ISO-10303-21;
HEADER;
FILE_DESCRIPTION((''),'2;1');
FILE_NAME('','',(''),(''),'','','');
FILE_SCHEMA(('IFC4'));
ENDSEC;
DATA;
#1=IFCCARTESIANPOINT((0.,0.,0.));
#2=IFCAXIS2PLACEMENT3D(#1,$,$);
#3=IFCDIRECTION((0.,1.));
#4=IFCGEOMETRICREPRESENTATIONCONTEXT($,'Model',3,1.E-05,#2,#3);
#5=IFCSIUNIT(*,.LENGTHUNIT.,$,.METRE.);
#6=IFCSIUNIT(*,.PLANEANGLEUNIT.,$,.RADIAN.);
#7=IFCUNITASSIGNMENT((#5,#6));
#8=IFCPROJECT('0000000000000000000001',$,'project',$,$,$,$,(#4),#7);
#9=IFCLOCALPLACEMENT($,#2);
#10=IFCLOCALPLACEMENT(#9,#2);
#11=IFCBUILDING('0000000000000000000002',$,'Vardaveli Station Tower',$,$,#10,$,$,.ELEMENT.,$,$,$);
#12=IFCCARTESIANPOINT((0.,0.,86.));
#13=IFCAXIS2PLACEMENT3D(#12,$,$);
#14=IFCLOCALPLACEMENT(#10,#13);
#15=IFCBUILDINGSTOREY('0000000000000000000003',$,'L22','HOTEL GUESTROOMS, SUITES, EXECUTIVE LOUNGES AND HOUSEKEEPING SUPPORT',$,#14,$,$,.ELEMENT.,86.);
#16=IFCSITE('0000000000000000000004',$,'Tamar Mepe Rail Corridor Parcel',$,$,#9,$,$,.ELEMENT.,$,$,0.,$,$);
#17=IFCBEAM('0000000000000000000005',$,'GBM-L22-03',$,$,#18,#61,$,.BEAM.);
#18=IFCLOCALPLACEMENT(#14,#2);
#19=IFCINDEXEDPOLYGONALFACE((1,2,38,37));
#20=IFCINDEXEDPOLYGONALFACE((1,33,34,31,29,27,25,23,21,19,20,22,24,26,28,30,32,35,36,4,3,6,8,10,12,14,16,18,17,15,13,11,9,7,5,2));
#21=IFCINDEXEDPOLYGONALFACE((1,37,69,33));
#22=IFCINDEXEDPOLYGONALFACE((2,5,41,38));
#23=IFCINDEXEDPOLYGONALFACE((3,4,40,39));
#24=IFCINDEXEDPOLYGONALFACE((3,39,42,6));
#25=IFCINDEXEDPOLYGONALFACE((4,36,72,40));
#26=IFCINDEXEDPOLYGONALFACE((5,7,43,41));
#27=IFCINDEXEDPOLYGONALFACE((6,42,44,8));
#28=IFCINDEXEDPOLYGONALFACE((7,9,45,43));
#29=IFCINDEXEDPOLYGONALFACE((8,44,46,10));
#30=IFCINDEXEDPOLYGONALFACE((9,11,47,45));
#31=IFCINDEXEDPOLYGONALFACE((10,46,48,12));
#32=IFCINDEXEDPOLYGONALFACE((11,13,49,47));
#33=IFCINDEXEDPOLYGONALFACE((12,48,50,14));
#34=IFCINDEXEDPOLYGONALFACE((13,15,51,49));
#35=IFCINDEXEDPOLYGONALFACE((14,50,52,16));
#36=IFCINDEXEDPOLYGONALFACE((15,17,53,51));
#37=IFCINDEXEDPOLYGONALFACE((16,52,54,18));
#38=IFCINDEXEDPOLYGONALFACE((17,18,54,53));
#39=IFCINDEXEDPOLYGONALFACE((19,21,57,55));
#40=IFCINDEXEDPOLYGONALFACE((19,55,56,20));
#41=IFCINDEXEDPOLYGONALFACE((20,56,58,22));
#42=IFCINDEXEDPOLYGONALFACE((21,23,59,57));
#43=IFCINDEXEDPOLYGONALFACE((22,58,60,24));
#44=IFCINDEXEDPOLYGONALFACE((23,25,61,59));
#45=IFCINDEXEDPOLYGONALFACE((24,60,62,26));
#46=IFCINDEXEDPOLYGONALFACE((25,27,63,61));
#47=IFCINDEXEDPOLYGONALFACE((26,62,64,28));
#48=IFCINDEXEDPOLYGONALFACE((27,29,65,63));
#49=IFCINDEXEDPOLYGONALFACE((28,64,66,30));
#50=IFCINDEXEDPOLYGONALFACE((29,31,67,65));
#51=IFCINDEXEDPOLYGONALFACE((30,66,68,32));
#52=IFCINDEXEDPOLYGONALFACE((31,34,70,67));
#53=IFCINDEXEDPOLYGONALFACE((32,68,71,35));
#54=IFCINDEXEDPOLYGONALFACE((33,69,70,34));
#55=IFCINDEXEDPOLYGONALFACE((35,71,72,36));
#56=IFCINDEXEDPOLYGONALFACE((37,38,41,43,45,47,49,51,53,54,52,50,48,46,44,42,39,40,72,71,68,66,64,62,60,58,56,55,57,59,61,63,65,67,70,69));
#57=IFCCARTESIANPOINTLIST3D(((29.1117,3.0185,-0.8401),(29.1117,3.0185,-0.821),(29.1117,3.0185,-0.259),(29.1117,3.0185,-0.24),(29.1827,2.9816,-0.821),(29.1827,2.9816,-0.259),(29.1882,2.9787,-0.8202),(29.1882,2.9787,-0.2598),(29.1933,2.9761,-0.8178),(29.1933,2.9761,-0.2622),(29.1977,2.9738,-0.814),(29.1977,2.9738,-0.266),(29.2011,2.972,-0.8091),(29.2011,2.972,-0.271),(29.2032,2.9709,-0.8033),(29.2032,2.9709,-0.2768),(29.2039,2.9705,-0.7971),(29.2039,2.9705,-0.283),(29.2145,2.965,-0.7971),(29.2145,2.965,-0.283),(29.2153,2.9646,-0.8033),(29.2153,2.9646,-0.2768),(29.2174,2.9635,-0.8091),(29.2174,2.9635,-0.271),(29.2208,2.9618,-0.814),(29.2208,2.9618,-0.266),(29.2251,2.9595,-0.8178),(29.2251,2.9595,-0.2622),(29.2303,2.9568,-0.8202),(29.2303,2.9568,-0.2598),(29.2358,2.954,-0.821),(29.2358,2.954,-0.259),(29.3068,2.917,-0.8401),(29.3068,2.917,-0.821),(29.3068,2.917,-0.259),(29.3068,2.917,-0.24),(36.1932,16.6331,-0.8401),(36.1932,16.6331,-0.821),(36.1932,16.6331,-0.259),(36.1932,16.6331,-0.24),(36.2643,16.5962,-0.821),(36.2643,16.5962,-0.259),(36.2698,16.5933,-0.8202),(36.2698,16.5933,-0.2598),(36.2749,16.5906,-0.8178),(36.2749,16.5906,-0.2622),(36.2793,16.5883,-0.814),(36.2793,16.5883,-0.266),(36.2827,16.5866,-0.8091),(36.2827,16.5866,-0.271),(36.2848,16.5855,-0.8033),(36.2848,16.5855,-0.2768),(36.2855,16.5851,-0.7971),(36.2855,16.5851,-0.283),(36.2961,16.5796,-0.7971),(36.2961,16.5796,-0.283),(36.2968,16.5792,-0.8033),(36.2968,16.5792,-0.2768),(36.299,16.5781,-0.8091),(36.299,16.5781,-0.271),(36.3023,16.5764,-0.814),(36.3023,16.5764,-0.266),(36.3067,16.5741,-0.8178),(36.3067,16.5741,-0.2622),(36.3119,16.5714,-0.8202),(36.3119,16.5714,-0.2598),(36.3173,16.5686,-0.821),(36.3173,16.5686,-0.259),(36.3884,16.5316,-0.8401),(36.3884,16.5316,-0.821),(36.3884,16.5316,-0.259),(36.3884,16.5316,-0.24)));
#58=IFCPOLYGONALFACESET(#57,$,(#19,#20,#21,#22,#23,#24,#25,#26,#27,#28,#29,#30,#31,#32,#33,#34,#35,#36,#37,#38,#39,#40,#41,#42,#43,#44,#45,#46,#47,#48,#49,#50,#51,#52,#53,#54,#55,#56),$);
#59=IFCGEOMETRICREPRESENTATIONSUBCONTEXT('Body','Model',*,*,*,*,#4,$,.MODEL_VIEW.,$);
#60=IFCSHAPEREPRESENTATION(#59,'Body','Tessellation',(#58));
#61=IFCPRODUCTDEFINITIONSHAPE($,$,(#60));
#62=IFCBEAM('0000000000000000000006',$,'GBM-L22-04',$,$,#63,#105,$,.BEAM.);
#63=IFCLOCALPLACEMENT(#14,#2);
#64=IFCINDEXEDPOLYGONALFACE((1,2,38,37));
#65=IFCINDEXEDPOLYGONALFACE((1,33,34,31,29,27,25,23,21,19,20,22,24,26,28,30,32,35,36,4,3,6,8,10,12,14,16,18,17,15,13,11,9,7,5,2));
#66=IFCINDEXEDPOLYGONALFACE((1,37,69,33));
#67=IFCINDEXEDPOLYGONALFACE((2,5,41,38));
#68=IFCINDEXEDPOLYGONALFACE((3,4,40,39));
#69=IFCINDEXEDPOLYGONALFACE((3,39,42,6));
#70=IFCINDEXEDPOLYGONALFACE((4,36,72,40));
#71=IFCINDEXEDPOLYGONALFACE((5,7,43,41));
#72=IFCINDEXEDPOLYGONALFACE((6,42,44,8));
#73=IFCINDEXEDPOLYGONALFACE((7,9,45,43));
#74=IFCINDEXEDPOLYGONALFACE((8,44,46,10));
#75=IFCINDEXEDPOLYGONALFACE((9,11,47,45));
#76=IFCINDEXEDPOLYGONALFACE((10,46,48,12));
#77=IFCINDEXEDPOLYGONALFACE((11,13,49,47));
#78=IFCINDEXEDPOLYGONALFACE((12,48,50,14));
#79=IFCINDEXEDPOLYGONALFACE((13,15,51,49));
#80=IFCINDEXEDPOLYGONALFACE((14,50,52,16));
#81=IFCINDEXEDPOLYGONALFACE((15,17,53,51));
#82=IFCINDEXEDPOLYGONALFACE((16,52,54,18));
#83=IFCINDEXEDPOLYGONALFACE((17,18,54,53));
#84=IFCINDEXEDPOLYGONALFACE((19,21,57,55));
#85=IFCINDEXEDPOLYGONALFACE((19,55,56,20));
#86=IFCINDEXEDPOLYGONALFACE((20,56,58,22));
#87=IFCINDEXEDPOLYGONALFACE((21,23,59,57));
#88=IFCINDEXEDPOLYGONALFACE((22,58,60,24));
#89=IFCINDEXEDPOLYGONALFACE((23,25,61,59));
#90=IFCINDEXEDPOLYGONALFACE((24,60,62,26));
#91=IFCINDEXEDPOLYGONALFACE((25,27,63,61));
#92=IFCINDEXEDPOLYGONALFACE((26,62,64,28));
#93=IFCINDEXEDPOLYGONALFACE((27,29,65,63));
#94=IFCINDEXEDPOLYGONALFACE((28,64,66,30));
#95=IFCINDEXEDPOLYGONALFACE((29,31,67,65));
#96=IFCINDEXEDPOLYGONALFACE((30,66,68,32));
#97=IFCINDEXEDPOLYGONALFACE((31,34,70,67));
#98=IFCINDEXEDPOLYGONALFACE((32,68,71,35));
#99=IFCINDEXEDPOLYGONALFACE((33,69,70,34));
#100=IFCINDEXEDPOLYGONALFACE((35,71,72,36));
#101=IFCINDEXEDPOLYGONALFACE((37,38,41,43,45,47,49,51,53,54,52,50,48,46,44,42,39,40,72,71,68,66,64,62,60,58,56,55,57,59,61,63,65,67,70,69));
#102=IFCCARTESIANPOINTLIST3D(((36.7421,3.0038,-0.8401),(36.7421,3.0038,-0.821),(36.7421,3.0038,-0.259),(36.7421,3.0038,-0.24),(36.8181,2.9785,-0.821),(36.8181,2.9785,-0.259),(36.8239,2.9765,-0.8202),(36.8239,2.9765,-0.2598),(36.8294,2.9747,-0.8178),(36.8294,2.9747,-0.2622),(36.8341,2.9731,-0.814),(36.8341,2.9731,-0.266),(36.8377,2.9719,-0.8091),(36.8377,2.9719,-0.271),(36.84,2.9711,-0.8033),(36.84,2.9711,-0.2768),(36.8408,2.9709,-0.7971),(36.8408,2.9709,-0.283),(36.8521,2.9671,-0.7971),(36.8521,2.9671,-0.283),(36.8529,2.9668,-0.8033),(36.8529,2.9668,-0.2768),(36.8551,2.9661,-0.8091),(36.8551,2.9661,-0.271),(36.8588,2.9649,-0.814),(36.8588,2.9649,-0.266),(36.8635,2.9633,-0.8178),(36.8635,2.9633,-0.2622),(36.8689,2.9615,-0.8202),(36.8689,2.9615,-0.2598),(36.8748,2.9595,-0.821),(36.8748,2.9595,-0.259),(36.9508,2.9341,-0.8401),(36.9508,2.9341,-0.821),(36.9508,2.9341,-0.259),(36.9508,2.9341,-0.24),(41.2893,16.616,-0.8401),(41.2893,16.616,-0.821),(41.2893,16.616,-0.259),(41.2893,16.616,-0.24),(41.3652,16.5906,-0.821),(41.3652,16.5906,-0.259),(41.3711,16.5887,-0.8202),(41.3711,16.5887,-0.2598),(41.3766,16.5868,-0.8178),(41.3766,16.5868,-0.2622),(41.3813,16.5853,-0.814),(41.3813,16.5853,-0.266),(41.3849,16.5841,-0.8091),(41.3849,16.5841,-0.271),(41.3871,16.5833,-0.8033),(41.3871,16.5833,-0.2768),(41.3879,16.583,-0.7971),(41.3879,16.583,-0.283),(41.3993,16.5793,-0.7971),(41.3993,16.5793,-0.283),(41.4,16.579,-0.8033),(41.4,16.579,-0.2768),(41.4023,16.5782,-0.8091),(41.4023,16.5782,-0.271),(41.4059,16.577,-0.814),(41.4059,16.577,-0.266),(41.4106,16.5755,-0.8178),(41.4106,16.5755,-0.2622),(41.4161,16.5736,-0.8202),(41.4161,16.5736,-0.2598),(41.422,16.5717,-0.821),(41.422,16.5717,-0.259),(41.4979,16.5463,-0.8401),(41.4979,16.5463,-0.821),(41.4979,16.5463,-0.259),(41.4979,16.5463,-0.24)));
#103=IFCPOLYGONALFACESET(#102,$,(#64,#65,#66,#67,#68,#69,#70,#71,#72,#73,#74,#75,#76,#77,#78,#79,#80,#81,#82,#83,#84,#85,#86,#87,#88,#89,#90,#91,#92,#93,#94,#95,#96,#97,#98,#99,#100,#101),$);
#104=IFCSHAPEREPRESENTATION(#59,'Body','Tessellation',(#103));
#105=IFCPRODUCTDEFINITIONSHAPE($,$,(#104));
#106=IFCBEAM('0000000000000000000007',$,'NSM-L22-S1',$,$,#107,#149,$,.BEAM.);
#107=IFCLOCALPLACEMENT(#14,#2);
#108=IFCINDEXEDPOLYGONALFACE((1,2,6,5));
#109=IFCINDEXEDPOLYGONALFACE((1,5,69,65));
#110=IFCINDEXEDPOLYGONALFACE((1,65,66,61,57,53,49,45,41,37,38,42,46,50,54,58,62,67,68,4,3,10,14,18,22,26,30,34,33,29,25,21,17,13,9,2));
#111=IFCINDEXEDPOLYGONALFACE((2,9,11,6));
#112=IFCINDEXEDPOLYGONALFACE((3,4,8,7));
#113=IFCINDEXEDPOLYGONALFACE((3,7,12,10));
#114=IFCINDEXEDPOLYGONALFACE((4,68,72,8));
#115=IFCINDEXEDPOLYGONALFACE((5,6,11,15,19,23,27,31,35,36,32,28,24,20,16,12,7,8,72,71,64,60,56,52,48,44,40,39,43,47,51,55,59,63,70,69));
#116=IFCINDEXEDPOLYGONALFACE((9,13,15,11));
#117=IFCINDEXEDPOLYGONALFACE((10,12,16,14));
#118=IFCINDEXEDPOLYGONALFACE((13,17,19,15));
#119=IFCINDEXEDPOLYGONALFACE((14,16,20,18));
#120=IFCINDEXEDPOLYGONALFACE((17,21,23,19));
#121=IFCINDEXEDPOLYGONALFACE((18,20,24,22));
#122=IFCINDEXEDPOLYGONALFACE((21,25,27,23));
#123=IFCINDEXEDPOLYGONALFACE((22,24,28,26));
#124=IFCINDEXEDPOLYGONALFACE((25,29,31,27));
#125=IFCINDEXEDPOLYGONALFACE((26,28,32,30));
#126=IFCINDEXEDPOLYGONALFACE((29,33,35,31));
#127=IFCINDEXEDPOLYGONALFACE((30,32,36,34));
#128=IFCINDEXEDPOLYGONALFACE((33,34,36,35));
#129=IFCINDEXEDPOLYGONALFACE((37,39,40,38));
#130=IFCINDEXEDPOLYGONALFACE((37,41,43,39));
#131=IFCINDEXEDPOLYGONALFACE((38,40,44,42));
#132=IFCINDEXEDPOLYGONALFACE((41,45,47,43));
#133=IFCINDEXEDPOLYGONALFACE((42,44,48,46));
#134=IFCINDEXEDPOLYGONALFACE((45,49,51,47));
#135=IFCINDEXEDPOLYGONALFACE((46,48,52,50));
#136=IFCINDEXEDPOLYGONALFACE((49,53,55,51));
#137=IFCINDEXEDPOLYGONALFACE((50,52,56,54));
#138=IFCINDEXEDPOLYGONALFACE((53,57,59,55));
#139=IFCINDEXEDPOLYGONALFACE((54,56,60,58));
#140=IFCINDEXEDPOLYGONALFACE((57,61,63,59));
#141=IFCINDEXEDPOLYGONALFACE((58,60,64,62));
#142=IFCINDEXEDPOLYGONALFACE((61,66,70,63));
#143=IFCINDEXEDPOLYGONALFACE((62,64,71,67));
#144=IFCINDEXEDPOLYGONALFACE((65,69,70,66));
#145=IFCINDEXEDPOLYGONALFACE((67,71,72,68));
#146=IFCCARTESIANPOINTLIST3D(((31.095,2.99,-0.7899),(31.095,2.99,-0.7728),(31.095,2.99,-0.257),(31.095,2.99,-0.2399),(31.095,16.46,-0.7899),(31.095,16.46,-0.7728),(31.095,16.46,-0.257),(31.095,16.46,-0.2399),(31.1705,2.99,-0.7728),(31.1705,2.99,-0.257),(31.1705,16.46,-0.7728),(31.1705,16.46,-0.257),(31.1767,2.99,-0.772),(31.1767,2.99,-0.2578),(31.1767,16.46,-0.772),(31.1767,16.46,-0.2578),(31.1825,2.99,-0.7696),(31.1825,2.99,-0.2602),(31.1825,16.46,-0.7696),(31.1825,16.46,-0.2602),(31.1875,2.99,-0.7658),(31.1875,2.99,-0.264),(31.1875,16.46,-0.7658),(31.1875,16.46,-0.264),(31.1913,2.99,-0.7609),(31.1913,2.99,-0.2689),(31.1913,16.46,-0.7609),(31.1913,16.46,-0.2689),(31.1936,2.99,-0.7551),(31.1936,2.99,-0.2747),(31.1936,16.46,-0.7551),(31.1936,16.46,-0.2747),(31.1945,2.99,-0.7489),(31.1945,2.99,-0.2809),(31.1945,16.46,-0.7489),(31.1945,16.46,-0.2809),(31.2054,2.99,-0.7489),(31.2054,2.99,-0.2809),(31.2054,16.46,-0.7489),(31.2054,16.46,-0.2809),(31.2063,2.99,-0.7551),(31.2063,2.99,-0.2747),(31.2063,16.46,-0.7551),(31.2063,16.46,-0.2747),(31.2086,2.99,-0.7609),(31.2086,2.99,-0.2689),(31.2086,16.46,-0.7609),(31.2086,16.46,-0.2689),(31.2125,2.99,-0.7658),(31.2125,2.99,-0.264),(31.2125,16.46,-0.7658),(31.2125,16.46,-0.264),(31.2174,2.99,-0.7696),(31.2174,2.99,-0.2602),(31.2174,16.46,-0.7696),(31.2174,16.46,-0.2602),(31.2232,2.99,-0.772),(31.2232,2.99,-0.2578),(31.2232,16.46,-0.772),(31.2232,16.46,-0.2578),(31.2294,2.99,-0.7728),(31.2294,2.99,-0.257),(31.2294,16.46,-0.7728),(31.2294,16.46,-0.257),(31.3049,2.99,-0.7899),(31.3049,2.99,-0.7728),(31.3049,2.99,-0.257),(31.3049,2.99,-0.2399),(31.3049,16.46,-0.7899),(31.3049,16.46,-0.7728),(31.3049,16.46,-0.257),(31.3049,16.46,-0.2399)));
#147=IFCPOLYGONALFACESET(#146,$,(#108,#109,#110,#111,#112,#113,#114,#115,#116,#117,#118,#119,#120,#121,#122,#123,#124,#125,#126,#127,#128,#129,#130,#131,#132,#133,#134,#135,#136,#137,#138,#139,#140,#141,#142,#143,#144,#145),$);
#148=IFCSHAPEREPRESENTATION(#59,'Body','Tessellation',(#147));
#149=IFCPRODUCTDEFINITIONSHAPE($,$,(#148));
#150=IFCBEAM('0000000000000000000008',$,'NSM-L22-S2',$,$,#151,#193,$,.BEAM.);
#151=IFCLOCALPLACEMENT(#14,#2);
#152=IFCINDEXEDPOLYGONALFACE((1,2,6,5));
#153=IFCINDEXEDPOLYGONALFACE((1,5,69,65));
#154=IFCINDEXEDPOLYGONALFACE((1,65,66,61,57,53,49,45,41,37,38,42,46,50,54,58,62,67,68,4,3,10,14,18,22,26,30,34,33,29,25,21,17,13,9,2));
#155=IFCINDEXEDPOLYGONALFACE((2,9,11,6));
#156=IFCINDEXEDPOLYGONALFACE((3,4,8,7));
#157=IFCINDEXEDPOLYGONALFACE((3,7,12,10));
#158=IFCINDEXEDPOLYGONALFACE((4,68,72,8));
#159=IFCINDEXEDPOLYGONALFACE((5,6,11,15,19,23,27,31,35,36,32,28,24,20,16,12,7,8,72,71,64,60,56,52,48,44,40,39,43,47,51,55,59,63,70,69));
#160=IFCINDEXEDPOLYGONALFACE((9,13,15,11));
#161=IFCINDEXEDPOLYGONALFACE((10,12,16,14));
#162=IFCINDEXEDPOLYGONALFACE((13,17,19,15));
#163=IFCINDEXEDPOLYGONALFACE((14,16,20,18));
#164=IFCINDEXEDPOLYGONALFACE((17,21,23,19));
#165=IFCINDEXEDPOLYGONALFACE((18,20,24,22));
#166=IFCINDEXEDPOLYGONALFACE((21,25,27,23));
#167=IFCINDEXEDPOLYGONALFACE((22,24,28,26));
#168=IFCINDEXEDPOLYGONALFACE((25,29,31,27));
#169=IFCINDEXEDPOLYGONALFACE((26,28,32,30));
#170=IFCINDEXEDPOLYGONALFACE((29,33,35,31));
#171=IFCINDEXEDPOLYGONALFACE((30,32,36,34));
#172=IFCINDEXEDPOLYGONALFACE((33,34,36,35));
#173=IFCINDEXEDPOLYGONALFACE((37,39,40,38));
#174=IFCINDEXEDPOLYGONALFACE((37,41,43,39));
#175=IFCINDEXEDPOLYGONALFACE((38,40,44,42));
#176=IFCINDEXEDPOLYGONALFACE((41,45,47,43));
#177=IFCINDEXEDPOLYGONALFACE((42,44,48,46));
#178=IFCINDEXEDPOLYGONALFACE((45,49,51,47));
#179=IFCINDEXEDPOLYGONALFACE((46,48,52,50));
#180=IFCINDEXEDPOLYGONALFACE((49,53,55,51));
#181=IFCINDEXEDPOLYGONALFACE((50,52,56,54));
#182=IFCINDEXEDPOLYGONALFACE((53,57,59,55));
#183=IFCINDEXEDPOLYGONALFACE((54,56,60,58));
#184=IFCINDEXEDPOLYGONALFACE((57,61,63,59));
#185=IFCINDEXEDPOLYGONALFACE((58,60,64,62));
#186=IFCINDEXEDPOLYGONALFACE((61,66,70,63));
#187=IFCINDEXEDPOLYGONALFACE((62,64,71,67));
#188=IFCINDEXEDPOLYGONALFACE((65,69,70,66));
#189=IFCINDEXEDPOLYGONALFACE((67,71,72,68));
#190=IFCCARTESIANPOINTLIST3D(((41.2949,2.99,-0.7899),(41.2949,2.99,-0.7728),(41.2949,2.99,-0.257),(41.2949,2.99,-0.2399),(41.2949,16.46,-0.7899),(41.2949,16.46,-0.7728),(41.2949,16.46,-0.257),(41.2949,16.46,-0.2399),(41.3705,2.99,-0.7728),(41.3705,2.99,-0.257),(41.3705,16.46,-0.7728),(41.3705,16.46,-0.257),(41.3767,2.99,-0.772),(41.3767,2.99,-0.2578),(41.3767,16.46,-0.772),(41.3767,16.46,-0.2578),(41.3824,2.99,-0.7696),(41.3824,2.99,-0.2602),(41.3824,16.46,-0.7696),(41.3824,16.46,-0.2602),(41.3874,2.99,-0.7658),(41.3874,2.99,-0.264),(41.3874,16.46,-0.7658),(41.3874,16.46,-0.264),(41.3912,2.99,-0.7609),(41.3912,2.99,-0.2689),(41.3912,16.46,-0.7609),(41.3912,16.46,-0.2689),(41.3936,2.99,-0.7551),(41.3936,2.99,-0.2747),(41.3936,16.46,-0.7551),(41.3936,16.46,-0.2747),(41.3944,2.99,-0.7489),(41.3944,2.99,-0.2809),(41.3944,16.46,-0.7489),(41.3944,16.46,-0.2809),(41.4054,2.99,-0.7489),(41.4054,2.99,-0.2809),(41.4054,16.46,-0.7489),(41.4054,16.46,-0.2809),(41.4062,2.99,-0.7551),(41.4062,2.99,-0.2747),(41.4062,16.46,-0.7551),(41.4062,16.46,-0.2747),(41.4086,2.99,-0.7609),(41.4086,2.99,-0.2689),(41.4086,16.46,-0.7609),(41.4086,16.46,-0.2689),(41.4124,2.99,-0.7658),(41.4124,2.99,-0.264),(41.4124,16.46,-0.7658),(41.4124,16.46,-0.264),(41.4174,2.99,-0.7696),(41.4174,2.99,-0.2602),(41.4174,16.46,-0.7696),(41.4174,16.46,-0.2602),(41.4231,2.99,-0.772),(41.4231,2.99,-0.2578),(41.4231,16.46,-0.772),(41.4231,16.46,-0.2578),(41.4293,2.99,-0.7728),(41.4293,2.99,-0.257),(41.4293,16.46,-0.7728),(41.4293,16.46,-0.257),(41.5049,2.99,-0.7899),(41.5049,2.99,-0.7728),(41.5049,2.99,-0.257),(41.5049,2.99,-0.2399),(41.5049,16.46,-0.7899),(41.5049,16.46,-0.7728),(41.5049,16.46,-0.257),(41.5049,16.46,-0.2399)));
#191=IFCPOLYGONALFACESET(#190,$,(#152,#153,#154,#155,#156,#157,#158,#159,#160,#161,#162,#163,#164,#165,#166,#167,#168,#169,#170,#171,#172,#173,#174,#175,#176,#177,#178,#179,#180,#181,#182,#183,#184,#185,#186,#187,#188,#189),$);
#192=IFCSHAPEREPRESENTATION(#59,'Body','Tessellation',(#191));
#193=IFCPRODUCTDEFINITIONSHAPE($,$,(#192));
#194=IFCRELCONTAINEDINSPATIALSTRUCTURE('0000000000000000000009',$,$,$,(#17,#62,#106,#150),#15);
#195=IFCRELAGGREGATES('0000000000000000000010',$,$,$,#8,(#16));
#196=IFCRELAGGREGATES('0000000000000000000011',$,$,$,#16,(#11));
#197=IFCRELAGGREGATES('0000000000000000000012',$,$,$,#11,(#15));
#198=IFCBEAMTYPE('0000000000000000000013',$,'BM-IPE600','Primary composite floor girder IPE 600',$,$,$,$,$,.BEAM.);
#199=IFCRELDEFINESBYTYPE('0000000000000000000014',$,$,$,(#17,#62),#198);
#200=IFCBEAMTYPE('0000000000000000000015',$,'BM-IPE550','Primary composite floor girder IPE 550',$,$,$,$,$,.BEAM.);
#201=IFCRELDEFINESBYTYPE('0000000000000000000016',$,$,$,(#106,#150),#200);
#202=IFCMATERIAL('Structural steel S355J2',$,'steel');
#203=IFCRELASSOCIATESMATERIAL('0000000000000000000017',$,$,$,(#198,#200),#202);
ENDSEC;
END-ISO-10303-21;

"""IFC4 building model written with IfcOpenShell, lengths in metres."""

from ifc_helpers import new_model, si_unit, direction, frame, origin, origin_2d, place, context, subcontext, project, spatial, i_section, extrude, source, transform, mapped, material, material_profile, profile_set, type_object, element, save


model = new_model("IFC4")

# Units and contexts
model_context = context("Model", 3, precision=1e-05, world=origin(), true_north=direction((0.0, 1.0)))
body_context = subcontext(model_context, "Body", "Model", "MODEL_VIEW")
ifc_project = project(units=[si_unit("LENGTHUNIT", "METRE"), si_unit("PLANEANGLEUNIT", "RADIAN")], contexts=[model_context])

# Site, building, storey
site_placement = place(None, origin())
site = spatial("IfcSite", under=ifc_project, at=site_placement, Name="Tamar Mepe Rail Corridor Parcel", CompositionType="ELEMENT", RefElevation=0.0)
building_placement = place(site_placement, origin())
building = spatial("IfcBuilding", under=site, at=building_placement, Name="Vardaveli Station Tower", CompositionType="ELEMENT")
storey_placement = place(building_placement, frame((0.0, 0.0, 86.0)))
storey = spatial("IfcBuildingStorey", under=building, at=storey_placement, Name="L22", Description="HOTEL GUESTROOMS, SUITES, EXECUTIVE LOUNGES AND HOUSEKEEPING SUPPORT", CompositionType="ELEMENT", Elevation=86.0)

# Beams
ifc_material_1 = material(Name="Structural steel S355J2", Category="steel")
ifc_material_profile_1 = material_profile(ifc_material_1, i_section(OverallWidth=0.22, OverallDepth=0.6001, WebThickness=0.012, FlangeThickness=0.019, FilletRadius=0.0239, at=origin_2d()), Name="IPE 600")
ifc_profile_set_1 = profile_set([ifc_material_profile_1], Name="Structural steel S355J2")
beam_type_1 = type_object("IfcBeamType", Name="BM-IPE600", Description="Primary composite floor girder IPE 600", PredefinedType="BEAM", material=ifc_profile_set_1)
shared_shape_1 = source(origin(), body_context, "Body", "SweptSolid", [
    extrude(i_section(OverallWidth=0.22, OverallDepth=0.6001, WebThickness=0.012, FlangeThickness=0.019, FilletRadius=0.0239, at=origin_2d()), origin(), (0.0, 0.0, 1.0), 15.3462),
])
beam_1_placement = place(storey_placement, frame((29.2092, 2.9678, -0.54), z_axis=(0.461455, 0.887163, 0.0), x_axis=(-0.887163, 0.461455, 0.0)))
element("IfcBeam", 1, at=beam_1_placement, inside=storey, type_object=beam_type_1, Name="GBM-L22-03", PredefinedType="BEAM", context=body_context, shape_type="MappedRepresentation", body=[
    mapped(shared_shape_1, transform((0.0, 0.0, 0.0), scale=1.0)),
])
shared_shape_2 = source(origin(), body_context, "Body", "SweptSolid", [
    extrude(i_section(OverallWidth=0.22, OverallDepth=0.6001, WebThickness=0.012, FlangeThickness=0.019, FilletRadius=0.0239, at=origin_2d()), origin(), (0.0, 0.0, 1.0), 14.3516),
])
beam_2_placement = place(storey_placement, frame((36.8464, 2.969, -0.54), z_axis=(0.31684, 0.948479, 0.0), x_axis=(-0.948479, 0.31684, 0.0)))
element("IfcBeam", 2, at=beam_2_placement, inside=storey, type_object=beam_type_1, Name="GBM-L22-04", PredefinedType="BEAM", context=body_context, shape_type="MappedRepresentation", body=[
    mapped(shared_shape_2, transform((0.0, 0.0, 0.0), scale=1.0)),
])
ifc_material_profile_2 = material_profile(ifc_material_1, i_section(OverallWidth=0.21, OverallDepth=0.55, WebThickness=0.011, FlangeThickness=0.0171, FilletRadius=0.0239, at=origin_2d()), Name="IPE 550")
ifc_profile_set_2 = profile_set([ifc_material_profile_2], Name="Structural steel S355J2")
beam_type_2 = type_object("IfcBeamType", Name="BM-IPE550", Description="Primary composite floor girder IPE 550", PredefinedType="BEAM", material=ifc_profile_set_2)
shared_shape_3 = source(origin(), body_context, "Body", "SweptSolid", [
    extrude(i_section(OverallWidth=0.21, OverallDepth=0.55, WebThickness=0.011, FlangeThickness=0.0171, FilletRadius=0.0239, at=origin_2d()), origin(), (0.0, 0.0, 1.0), 13.47),
])
for number, where, z_axis, x_axis, name in (
    (3, (31.2, 2.99, -0.5149), (0.0, 1.0, 0.0), (-1.0, 0.0, 0.0), "NSM-L22-S1"),
    (4, (41.3999, 2.99, -0.5149), (0.0, 1.0, 0.0), (-1.0, 0.0, 0.0), "NSM-L22-S2"),
):
    element("IfcBeam", number, at=place(storey_placement, frame(where, z_axis=z_axis, x_axis=x_axis)), inside=storey, type_object=beam_type_2, Name=name, PredefinedType="BEAM", context=body_context, shape_type="MappedRepresentation", body=[
        mapped(shared_shape_3, transform((0.0, 0.0, 0.0), scale=1.0)),
    ])

save(model, "model.ifc")
